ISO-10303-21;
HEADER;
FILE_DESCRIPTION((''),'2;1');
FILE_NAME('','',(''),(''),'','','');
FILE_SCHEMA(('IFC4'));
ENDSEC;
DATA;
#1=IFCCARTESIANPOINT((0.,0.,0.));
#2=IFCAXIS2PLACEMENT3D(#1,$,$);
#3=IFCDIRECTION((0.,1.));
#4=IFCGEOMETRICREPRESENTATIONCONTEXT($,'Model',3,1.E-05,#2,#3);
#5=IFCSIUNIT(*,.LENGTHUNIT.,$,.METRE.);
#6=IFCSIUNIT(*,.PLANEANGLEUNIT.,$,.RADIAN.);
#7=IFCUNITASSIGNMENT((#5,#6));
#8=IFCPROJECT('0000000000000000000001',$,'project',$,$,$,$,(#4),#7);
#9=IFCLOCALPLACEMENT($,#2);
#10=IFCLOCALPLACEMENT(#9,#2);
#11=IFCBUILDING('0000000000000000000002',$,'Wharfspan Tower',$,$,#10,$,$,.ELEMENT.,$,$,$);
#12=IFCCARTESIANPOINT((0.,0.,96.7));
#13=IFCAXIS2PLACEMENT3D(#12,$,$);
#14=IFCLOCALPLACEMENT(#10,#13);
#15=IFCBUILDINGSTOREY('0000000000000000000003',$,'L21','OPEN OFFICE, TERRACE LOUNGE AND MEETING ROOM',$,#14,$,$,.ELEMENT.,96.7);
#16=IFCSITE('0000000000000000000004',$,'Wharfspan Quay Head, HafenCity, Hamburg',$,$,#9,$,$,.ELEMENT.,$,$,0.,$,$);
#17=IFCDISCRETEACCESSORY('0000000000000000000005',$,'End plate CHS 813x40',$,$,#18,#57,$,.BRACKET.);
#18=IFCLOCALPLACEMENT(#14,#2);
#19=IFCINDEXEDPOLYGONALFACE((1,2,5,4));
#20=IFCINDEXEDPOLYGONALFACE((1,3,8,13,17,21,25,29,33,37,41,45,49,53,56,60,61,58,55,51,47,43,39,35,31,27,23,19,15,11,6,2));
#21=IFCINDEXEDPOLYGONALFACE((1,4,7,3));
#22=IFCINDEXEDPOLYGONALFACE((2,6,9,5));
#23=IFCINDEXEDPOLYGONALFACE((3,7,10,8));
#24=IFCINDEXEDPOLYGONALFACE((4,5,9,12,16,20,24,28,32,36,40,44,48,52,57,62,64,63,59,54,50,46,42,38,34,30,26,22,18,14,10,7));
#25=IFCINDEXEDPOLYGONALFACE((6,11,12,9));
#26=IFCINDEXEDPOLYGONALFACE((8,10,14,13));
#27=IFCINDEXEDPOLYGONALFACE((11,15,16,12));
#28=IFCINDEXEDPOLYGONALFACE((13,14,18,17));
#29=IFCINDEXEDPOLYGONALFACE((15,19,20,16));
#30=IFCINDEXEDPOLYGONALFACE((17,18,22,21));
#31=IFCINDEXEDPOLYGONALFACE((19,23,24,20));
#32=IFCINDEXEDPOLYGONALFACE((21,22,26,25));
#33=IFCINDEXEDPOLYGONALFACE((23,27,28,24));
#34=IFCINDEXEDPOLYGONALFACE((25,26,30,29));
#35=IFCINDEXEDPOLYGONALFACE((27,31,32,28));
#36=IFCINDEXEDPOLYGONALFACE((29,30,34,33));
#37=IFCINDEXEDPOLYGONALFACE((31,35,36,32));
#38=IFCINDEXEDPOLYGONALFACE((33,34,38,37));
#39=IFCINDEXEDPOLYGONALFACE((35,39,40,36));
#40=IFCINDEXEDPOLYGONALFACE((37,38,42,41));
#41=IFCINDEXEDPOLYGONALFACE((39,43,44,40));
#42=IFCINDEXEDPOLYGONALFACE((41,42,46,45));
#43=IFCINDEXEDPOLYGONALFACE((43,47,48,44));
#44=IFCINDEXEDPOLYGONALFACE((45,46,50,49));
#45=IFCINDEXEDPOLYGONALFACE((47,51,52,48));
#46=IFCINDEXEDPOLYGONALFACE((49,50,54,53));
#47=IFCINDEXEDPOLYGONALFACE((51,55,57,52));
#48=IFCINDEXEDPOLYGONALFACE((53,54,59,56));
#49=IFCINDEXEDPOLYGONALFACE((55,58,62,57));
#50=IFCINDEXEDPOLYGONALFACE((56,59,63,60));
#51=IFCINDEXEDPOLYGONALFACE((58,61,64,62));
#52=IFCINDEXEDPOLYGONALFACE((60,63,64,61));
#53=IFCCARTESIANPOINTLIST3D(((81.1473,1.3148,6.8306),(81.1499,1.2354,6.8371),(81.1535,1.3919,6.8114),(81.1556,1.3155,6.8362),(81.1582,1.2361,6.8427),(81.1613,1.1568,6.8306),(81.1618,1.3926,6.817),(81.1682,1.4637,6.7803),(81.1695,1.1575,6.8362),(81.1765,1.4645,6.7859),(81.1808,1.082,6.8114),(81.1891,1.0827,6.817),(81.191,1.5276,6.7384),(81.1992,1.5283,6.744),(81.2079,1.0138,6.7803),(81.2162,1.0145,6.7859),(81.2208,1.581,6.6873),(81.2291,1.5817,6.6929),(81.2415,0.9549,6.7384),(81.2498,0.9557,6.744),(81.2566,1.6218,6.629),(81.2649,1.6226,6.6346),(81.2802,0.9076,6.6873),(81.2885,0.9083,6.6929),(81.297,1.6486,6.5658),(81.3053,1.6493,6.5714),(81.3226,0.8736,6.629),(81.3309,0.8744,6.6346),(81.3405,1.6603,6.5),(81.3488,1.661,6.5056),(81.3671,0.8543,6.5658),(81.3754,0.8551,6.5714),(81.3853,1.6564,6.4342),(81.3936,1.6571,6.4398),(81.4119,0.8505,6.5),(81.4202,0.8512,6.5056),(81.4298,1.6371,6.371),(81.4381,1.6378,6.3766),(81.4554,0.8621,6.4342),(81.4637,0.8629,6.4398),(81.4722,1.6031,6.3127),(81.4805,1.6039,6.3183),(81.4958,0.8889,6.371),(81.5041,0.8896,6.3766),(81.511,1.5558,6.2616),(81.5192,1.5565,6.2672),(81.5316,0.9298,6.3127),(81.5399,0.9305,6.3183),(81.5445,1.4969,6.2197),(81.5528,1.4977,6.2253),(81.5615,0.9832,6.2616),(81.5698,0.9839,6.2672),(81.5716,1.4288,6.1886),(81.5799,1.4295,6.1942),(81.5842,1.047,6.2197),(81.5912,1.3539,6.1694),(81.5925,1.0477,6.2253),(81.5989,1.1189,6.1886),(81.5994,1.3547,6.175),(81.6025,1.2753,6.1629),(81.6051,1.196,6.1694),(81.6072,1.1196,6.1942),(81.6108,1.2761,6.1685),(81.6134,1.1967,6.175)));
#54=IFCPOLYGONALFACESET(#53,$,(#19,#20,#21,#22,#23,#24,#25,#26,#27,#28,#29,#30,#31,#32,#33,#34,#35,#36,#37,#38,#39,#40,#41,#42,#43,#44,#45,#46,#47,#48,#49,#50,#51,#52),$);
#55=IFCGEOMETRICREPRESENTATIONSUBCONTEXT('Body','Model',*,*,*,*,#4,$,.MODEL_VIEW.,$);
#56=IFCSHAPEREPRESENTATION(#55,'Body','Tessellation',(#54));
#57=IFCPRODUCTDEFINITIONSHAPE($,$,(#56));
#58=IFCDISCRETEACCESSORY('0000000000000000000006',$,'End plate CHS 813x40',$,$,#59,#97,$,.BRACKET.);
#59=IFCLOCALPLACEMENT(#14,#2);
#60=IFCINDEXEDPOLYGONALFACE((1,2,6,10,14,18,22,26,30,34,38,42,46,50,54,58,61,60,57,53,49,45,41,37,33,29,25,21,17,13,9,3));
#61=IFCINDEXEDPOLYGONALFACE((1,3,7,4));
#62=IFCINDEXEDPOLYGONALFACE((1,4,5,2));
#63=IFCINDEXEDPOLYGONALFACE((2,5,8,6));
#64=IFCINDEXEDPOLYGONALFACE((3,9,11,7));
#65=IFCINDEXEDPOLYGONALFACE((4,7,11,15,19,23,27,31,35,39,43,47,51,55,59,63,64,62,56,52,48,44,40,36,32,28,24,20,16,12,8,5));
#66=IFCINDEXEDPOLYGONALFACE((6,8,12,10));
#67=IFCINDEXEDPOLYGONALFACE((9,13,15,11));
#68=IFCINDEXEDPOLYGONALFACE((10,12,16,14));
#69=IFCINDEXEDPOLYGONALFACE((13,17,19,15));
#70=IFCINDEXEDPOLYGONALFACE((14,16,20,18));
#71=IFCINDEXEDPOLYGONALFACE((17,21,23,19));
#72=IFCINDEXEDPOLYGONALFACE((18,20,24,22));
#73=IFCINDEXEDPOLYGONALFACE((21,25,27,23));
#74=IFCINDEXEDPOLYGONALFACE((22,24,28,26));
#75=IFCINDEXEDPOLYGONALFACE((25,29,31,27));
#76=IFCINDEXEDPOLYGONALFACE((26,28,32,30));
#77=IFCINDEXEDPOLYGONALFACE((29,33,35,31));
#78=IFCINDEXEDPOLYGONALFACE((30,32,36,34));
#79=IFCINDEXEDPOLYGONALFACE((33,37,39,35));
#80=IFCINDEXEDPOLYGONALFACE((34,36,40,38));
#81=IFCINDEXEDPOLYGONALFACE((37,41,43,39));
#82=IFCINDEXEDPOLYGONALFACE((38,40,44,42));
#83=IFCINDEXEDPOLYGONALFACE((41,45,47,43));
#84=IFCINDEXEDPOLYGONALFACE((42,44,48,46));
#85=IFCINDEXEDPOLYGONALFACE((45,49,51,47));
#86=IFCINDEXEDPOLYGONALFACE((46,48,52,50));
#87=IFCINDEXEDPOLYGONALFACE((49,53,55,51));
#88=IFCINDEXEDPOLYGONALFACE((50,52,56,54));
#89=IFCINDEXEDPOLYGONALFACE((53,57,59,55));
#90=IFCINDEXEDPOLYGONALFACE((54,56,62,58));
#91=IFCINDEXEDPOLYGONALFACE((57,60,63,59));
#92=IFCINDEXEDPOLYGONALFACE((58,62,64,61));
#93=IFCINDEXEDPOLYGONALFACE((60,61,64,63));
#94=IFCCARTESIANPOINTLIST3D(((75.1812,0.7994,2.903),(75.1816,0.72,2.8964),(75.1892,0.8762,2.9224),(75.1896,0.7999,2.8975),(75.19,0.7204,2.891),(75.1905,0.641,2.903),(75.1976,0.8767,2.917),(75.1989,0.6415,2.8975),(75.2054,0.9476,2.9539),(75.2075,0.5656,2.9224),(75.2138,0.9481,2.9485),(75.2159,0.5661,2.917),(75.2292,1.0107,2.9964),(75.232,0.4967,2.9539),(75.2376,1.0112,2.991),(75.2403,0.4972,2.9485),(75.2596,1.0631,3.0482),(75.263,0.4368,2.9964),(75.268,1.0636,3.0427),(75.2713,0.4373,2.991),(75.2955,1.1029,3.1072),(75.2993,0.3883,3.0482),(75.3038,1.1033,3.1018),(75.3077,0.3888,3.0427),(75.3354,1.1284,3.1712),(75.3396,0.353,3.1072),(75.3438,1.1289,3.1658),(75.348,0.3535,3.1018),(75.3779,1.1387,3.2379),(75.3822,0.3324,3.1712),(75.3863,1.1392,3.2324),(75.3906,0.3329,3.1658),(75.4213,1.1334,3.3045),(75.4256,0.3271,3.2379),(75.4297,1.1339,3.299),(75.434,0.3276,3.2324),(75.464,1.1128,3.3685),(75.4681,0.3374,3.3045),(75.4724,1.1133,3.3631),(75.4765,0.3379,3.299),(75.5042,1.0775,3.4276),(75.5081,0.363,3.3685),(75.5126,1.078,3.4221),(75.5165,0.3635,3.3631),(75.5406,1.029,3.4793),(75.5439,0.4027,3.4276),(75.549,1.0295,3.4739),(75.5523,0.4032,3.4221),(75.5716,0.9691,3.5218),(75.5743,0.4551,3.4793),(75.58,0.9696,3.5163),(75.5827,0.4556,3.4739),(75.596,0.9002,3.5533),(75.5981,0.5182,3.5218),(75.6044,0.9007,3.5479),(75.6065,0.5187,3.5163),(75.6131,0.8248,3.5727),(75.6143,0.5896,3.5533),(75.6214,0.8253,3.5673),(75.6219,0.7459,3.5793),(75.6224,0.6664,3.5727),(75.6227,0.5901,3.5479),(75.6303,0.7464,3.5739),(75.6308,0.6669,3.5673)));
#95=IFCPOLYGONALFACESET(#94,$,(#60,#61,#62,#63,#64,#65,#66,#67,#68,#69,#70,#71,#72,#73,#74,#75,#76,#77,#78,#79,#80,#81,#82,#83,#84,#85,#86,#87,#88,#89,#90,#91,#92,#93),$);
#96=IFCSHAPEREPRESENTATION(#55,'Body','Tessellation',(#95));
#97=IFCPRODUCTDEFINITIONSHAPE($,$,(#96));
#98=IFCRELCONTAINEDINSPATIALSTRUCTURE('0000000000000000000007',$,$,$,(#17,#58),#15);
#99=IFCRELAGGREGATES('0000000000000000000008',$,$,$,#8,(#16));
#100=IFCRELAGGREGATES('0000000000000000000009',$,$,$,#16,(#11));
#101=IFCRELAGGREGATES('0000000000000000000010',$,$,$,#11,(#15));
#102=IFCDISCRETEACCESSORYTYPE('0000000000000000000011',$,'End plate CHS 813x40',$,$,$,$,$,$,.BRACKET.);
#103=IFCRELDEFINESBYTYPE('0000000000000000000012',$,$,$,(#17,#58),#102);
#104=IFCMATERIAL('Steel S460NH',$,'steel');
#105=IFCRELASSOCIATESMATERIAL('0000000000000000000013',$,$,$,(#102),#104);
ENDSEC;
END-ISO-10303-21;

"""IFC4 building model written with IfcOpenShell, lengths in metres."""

from ifc_helpers import new_model, si_unit, direction, frame, origin, origin_2d, place, context, subcontext, project, spatial, circle, extrude, material, material_profile, profile_set, type_object, element, save


model = new_model("IFC4")

# Units and contexts
model_context = context("Model", 3, precision=1e-05, world=origin(), true_north=direction((0.0, 1.0)))
body_context = subcontext(model_context, "Body", "Model", "MODEL_VIEW")
ifc_project = project(units=[si_unit("LENGTHUNIT", "METRE"), si_unit("PLANEANGLEUNIT", "RADIAN")], contexts=[model_context])

# Site, building, storey
site_placement = place(None, origin())
site = spatial("IfcSite", under=ifc_project, at=site_placement, Name="Wharfspan Quay Head, HafenCity, Hamburg", CompositionType="ELEMENT", RefElevation=0.0)
building_placement = place(site_placement, origin())
building = spatial("IfcBuilding", under=site, at=building_placement, Name="Wharfspan Tower", CompositionType="ELEMENT")
storey_placement = place(building_placement, frame((0.0, 0.0, 96.7)))
storey = spatial("IfcBuildingStorey", under=building, at=storey_placement, Name="L21", Description="OPEN OFFICE, TERRACE LOUNGE AND MEETING ROOM", CompositionType="ELEMENT", Elevation=96.7)

# Shared definitions
ifc_material_1 = material(Name="Steel S460NH", Category="steel")

# Discrete accessories
ifc_material_profile_1 = material_profile(ifc_material_1, circle(Radius=0.4065, at=origin_2d()))
ifc_profile_set_1 = profile_set([ifc_material_profile_1], Name="Steel S460NH")
discrete_accessory_type = type_object("IfcDiscreteAccessoryType", Name="End plate CHS 813x40", PredefinedType="BRACKET", material=ifc_profile_set_1)
for number, where, z_axis, x_axis, name in (
    (1, (81.3762, 1.2554, 6.5), (0.82608, 0.072889, 0.558819), (-0.087894, 0.99613, 0.000001), "End plate CHS 813x40"),
    (2, (75.4102, 0.7334, 3.2324), (-0.838548, -0.049326, 0.54259), (0.058722, -0.99827, 0.000001), "End plate CHS 813x40"),
):
    element("IfcDiscreteAccessory", number, at=place(storey_placement, frame(where, z_axis=z_axis, x_axis=x_axis)), inside=storey, type_object=discrete_accessory_type, Name=name, PredefinedType="BRACKET", context=body_context, shape_type="SweptSolid", body=[
        extrude(circle(Radius=0.4065, at=origin_2d()), origin(), (0.0, 0.0, 1.0), 0.01),
    ])

save(model, "model.ifc")
